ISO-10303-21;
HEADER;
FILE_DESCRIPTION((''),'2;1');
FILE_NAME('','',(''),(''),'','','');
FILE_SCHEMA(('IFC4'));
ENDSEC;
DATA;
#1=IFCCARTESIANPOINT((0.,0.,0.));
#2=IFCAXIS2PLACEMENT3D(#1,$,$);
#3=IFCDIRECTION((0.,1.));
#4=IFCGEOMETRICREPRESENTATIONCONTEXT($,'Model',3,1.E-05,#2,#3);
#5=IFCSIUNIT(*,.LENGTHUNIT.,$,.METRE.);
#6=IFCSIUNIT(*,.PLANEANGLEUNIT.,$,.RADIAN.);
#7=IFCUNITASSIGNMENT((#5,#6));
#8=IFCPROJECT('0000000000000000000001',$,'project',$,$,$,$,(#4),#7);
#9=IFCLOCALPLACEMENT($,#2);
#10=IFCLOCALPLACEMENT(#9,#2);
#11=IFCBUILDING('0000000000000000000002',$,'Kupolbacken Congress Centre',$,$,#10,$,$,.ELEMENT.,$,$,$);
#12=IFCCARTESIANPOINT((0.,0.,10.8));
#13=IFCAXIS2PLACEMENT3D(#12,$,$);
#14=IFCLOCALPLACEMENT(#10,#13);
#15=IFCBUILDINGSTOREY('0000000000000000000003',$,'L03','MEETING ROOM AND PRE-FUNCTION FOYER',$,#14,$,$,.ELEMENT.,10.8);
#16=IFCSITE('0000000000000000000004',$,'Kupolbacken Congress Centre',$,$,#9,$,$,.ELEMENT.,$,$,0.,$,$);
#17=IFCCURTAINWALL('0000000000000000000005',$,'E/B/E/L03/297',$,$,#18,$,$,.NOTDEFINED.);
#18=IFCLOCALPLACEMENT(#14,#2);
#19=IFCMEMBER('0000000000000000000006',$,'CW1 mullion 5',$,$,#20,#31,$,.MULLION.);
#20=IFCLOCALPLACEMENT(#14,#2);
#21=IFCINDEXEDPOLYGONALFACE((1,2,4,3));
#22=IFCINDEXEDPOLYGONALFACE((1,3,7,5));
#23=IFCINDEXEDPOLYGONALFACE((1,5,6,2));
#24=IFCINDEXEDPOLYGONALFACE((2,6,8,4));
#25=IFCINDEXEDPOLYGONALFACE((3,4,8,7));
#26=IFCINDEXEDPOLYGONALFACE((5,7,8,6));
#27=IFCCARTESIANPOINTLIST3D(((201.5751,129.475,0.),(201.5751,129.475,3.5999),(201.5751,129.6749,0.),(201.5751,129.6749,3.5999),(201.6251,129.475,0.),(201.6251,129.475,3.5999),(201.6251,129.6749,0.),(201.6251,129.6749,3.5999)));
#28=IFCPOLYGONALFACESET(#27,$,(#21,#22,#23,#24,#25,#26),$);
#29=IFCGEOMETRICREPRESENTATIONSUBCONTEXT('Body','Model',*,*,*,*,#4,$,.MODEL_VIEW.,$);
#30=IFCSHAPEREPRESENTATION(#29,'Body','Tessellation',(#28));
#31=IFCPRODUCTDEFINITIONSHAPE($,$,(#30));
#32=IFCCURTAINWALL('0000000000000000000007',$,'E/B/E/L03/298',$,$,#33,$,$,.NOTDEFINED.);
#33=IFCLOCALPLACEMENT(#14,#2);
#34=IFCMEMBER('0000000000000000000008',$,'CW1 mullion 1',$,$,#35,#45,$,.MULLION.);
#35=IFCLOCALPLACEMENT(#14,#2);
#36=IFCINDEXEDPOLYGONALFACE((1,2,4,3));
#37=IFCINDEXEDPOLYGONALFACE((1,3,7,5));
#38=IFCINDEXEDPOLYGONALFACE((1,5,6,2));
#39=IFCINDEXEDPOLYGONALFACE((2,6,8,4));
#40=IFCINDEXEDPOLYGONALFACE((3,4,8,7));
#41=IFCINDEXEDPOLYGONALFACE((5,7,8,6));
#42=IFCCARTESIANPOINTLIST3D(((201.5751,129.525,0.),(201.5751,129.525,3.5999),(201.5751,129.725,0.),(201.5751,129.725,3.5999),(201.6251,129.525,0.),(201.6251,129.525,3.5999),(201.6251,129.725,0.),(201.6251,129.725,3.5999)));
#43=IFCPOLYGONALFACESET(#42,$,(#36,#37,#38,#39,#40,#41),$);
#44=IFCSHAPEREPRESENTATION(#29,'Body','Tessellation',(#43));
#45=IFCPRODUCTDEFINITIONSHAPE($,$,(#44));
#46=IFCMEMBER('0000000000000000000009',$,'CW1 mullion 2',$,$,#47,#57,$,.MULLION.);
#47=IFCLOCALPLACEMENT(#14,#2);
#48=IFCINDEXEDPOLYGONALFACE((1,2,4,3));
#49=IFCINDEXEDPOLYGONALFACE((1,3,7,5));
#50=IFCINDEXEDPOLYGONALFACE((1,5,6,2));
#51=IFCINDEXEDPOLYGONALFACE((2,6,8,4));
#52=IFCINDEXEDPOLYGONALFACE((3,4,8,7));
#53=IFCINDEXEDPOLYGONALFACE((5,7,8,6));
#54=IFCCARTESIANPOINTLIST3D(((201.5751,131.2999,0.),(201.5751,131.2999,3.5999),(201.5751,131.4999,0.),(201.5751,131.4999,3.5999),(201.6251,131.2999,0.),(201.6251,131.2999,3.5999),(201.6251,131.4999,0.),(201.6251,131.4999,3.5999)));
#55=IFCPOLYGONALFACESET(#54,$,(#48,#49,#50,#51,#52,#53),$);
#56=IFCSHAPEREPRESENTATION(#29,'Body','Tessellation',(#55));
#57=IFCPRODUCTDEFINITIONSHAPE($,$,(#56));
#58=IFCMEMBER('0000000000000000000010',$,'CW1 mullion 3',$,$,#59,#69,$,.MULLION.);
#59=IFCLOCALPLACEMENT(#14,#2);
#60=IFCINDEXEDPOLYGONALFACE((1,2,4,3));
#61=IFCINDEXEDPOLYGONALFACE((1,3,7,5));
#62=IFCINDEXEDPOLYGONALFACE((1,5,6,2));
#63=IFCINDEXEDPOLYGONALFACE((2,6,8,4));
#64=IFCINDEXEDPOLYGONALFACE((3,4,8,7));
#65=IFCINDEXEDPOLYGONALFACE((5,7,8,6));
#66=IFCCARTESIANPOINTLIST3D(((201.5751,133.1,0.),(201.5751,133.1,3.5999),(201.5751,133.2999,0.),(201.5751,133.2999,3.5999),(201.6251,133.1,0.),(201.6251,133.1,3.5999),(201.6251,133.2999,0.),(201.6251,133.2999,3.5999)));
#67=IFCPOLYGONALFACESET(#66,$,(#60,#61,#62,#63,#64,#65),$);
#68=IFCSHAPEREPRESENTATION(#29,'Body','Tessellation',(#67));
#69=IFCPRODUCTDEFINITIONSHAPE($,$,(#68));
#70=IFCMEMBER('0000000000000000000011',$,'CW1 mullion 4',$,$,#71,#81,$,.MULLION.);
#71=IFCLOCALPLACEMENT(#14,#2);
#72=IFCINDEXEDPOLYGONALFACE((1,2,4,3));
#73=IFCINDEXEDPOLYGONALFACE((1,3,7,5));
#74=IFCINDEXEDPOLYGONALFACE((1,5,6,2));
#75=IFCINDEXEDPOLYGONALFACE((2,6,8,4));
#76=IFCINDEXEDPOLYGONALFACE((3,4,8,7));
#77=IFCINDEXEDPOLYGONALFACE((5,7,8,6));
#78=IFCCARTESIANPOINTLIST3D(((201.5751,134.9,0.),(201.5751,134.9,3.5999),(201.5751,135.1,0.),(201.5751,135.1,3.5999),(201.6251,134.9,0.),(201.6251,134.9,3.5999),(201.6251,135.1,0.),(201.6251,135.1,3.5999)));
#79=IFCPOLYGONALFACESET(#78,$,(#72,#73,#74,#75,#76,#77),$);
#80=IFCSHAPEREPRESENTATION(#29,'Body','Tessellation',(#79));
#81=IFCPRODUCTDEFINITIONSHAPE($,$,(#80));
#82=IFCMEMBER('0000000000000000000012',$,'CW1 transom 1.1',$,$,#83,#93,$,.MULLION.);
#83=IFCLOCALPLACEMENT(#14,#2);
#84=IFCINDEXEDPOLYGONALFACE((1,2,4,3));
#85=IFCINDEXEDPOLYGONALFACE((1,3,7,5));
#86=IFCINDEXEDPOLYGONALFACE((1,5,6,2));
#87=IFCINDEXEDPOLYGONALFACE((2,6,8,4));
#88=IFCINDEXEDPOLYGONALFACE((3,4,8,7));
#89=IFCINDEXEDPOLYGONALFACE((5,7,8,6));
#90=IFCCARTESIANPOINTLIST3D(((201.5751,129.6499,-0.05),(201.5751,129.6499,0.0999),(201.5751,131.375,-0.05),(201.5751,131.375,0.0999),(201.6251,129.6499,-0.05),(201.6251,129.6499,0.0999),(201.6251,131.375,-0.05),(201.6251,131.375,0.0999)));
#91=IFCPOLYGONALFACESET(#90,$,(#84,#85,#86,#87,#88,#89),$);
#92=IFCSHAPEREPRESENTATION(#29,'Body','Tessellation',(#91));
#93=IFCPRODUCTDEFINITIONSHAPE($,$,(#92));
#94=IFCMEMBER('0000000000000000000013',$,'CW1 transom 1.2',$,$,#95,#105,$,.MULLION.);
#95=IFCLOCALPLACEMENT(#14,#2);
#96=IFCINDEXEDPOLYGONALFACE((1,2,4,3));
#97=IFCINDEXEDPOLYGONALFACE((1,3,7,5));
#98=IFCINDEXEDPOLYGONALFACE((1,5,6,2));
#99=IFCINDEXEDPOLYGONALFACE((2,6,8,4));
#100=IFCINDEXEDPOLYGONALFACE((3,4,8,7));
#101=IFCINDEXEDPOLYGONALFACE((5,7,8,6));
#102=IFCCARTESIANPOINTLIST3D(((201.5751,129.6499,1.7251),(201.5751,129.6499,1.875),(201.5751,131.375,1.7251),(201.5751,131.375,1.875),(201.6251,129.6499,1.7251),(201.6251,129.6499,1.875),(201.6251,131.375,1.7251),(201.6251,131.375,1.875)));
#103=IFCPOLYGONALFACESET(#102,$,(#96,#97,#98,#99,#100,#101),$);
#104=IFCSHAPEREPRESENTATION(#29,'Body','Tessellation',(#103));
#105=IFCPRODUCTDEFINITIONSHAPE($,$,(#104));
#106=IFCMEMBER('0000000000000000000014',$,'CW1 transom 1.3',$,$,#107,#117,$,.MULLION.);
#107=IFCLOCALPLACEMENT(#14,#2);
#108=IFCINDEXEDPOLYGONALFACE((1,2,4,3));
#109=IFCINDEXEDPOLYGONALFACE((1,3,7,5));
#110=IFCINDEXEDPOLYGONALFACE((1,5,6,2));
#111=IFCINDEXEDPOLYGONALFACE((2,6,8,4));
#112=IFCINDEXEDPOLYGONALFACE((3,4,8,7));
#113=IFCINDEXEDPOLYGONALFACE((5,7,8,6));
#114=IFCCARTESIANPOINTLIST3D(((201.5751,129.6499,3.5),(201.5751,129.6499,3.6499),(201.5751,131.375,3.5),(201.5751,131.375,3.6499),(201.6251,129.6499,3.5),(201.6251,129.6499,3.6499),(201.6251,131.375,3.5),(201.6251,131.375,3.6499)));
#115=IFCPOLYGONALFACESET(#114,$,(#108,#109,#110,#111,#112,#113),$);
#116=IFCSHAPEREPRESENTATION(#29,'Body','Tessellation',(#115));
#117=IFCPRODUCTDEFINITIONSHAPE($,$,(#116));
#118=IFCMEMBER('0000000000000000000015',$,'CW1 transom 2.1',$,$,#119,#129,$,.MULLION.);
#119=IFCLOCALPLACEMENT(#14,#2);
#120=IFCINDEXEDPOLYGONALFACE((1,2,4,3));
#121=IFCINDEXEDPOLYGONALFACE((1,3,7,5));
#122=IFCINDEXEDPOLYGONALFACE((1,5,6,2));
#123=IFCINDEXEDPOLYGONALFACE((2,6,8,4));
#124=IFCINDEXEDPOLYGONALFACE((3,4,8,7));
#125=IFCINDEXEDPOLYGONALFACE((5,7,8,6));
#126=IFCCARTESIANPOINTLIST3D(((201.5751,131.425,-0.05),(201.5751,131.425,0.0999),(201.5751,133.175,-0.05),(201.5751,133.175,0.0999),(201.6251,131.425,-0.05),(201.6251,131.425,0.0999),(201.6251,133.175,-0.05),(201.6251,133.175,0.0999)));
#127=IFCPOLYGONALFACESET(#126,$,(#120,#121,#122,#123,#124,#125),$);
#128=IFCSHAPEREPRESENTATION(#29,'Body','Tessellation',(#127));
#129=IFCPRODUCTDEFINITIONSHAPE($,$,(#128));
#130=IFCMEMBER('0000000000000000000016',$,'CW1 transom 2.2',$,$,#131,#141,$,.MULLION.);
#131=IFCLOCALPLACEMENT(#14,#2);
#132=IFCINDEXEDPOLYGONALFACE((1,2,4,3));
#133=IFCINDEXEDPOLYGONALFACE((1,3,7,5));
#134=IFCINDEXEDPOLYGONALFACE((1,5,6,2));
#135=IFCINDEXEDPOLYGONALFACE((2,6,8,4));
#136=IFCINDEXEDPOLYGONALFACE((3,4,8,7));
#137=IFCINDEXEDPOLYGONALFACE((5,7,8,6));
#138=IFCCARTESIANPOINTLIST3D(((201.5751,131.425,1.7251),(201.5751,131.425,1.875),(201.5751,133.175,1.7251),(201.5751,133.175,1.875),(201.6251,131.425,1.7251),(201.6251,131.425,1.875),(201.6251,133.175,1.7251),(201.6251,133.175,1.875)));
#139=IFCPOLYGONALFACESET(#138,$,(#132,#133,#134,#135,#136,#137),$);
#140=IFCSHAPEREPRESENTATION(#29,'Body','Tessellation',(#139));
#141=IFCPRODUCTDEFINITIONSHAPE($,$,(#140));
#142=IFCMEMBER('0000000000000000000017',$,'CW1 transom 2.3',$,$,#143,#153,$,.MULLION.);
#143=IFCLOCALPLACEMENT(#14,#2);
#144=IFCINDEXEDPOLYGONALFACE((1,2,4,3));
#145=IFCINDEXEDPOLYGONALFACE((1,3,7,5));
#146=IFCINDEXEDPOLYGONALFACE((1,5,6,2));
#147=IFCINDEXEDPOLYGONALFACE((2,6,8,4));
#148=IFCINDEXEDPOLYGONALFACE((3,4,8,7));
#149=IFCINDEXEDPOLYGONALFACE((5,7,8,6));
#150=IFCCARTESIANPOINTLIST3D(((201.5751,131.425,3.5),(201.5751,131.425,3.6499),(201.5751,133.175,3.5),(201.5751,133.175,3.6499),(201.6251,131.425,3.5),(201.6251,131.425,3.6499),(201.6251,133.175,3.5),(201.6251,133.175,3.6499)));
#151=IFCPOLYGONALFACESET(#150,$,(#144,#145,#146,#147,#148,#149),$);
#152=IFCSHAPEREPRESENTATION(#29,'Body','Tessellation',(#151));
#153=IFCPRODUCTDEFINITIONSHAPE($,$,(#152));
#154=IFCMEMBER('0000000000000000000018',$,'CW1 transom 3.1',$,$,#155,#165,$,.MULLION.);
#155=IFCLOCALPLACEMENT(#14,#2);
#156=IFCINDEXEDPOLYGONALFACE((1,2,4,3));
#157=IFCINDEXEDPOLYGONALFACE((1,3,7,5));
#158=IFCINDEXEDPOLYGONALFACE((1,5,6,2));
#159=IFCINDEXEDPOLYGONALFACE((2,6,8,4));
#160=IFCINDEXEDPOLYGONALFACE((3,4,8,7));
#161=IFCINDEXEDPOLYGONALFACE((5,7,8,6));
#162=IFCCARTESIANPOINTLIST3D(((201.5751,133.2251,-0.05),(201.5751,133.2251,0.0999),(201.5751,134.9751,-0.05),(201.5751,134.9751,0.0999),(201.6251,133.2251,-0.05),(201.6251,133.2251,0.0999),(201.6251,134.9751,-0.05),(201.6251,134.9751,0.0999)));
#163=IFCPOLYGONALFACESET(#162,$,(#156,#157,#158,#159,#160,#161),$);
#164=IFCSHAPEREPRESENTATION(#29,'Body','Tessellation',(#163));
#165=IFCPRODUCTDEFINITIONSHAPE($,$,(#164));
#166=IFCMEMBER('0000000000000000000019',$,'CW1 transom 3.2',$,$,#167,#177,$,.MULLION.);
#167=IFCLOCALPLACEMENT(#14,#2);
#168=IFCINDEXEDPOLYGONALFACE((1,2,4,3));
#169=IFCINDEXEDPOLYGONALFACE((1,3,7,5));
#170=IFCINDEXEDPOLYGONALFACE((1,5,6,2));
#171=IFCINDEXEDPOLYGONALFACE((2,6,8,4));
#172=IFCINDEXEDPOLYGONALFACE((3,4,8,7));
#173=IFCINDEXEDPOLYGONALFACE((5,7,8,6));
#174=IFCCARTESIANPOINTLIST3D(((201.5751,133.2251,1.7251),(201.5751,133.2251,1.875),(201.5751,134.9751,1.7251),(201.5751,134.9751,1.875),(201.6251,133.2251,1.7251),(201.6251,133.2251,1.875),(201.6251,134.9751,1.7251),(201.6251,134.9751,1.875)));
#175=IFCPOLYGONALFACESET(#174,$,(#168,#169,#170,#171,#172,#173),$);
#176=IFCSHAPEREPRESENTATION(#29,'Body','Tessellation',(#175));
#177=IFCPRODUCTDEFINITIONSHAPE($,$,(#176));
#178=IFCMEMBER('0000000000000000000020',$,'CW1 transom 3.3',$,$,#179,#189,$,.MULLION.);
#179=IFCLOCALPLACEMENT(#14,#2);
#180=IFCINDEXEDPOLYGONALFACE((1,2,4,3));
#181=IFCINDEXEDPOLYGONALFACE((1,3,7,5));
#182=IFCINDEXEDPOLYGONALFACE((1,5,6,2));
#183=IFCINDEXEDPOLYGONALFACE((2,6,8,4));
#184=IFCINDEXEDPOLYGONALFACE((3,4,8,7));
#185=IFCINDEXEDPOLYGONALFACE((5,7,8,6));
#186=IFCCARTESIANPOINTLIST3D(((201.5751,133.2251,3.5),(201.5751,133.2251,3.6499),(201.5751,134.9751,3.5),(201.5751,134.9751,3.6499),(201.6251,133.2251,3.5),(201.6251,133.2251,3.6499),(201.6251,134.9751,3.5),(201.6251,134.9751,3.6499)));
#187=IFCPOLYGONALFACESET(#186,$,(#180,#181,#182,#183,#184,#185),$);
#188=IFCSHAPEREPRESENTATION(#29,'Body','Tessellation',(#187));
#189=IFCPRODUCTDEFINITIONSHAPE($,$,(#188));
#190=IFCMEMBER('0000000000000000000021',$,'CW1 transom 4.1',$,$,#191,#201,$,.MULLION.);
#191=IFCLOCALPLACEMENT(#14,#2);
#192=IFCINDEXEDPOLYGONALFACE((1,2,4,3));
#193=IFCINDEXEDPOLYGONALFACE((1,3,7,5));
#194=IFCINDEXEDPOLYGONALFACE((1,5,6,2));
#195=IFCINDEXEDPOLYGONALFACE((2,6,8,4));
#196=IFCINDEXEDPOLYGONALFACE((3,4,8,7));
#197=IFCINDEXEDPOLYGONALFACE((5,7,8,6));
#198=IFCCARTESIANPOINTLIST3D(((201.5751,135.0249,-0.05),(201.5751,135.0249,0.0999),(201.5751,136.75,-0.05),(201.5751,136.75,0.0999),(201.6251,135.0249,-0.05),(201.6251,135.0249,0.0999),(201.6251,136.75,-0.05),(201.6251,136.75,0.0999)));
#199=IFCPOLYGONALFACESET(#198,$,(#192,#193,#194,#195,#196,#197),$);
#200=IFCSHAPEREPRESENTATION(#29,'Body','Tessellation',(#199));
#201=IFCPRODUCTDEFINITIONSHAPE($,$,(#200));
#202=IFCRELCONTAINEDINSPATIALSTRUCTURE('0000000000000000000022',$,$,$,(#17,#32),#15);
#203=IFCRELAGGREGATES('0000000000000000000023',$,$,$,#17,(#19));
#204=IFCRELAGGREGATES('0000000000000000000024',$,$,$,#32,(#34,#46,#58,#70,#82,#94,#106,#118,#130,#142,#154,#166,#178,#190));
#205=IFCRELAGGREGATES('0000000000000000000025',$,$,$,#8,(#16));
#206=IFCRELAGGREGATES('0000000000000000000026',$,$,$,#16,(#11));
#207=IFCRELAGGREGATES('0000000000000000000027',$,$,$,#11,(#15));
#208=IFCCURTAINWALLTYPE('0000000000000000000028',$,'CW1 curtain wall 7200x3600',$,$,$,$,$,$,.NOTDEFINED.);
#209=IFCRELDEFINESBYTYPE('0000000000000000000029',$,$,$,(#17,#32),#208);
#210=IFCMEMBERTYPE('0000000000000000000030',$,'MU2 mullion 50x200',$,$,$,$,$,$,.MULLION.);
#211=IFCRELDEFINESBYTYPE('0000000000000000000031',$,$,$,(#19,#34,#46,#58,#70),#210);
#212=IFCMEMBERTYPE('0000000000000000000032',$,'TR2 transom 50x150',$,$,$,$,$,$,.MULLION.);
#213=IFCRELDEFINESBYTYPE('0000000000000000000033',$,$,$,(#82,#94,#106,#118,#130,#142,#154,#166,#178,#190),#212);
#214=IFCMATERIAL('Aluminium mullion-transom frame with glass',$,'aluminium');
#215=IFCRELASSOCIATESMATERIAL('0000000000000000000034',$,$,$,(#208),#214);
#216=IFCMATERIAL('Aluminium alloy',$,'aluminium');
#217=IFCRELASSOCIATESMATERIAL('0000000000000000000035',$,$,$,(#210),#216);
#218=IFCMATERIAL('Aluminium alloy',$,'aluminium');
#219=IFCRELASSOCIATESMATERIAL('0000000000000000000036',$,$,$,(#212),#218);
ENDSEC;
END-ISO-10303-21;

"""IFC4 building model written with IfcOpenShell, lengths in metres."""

from ifc_helpers import new_model, si_unit, direction, frame, origin, origin_2d, place, context, subcontext, project, spatial, rectangle, extrude, material, material_profile, profile_set, type_object, element, aggregate, save


model = new_model("IFC4")

# Units and contexts
model_context = context("Model", 3, precision=1e-05, world=origin(), true_north=direction((0.0, 1.0)))
body_context = subcontext(model_context, "Body", "Model", "MODEL_VIEW")
ifc_project = project(units=[si_unit("LENGTHUNIT", "METRE"), si_unit("PLANEANGLEUNIT", "RADIAN")], contexts=[model_context])

# Site, building, storey
site_placement = place(None, origin())
site = spatial("IfcSite", under=ifc_project, at=site_placement, Name="Kupolbacken Congress Centre", CompositionType="ELEMENT", RefElevation=0.0)
building_placement = place(site_placement, origin())
building = spatial("IfcBuilding", under=site, at=building_placement, Name="Kupolbacken Congress Centre", CompositionType="ELEMENT")
storey_placement = place(building_placement, frame((0.0, 0.0, 10.8)))
storey = spatial("IfcBuildingStorey", under=building, at=storey_placement, Name="L03", Description="MEETING ROOM AND PRE-FUNCTION FOYER", CompositionType="ELEMENT", Elevation=10.8)

# Curtain wall, member
ifc_material_1 = material(Name="Aluminium mullion-transom frame with glass", Category="aluminium")
curtain_wall_type = type_object("IfcCurtainWallType", Name="CW1 curtain wall 7200x3600", PredefinedType="NOTDEFINED", material=ifc_material_1)
curtain_wall_1_placement = place(storey_placement, origin())
curtain_wall_1 = element("IfcCurtainWall", 1, at=curtain_wall_1_placement, inside=storey, type_object=curtain_wall_type, Name="E/B/E/L03/297", PredefinedType="NOTDEFINED")
ifc_material_2 = material(Name="Aluminium alloy", Category="aluminium")
ifc_material_profile_1 = material_profile(ifc_material_2, rectangle(XDim=0.05, YDim=0.2, at=origin_2d()), Name="50 x 200")
ifc_profile_set_1 = profile_set([ifc_material_profile_1], Name="Aluminium alloy")
member_type_1 = type_object("IfcMemberType", Name="MU2 mullion 50x200", PredefinedType="MULLION", material=ifc_profile_set_1)
member_1_placement = place(storey_placement, frame((201.6001, 129.575, 0.0), z_axis=(0.0, 0.0, 1.0), x_axis=(-1.0, 0.0, 0.0)))
member_1 = element("IfcMember", 2, at=member_1_placement, type_object=member_type_1, Name="CW1 mullion 5", PredefinedType="MULLION", context=body_context, shape_type="SweptSolid", body=[
    extrude(rectangle(XDim=0.05, YDim=0.2, at=origin_2d()), origin(), (0.0, 0.0, 1.0), 3.5999),
])
aggregate(curtain_wall_1, [member_1])

# Curtain wall, members
curtain_wall_2_placement = place(storey_placement, origin())
curtain_wall_2 = element("IfcCurtainWall", 3, at=curtain_wall_2_placement, inside=storey, type_object=curtain_wall_type, Name="E/B/E/L03/298", PredefinedType="NOTDEFINED")
member_2_placement = place(storey_placement, frame((201.6001, 129.625, 0.0), z_axis=(0.0, 0.0, 1.0), x_axis=(-1.0, 0.0, 0.0)))
member_2 = element("IfcMember", 4, at=member_2_placement, type_object=member_type_1, Name="CW1 mullion 1", PredefinedType="MULLION", context=body_context, shape_type="SweptSolid", body=[
    extrude(rectangle(XDim=0.05, YDim=0.2, at=origin_2d()), origin(), (0.0, 0.0, 1.0), 3.5999),
])
member_3_placement = place(storey_placement, frame((201.6001, 131.3999, 0.0), z_axis=(0.0, 0.0, 1.0), x_axis=(-1.0, 0.0, 0.0)))
member_3 = element("IfcMember", 5, at=member_3_placement, type_object=member_type_1, Name="CW1 mullion 2", PredefinedType="MULLION", context=body_context, shape_type="SweptSolid", body=[
    extrude(rectangle(XDim=0.05, YDim=0.2, at=origin_2d()), origin(), (0.0, 0.0, 1.0), 3.5999),
])
member_4_placement = place(storey_placement, frame((201.6001, 133.2, 0.0), z_axis=(0.0, 0.0, 1.0), x_axis=(-1.0, 0.0, 0.0)))
member_4 = element("IfcMember", 6, at=member_4_placement, type_object=member_type_1, Name="CW1 mullion 3", PredefinedType="MULLION", context=body_context, shape_type="SweptSolid", body=[
    extrude(rectangle(XDim=0.05, YDim=0.2, at=origin_2d()), origin(), (0.0, 0.0, 1.0), 3.5999),
])
member_5_placement = place(storey_placement, frame((201.6001, 135.0, 0.0), z_axis=(0.0, 0.0, 1.0), x_axis=(-1.0, 0.0, 0.0)))
member_5 = element("IfcMember", 7, at=member_5_placement, type_object=member_type_1, Name="CW1 mullion 4", PredefinedType="MULLION", context=body_context, shape_type="SweptSolid", body=[
    extrude(rectangle(XDim=0.05, YDim=0.2, at=origin_2d()), origin(), (0.0, 0.0, 1.0), 3.5999),
])
ifc_material_3 = material(Name="Aluminium alloy", Category="aluminium")
ifc_material_profile_2 = material_profile(ifc_material_3, rectangle(XDim=0.05, YDim=0.1499, at=origin_2d()), Name="50 x 150")
ifc_profile_set_2 = profile_set([ifc_material_profile_2], Name="Aluminium alloy")
member_type_2 = type_object("IfcMemberType", Name="TR2 transom 50x150", PredefinedType="MULLION", material=ifc_profile_set_2)
member_6_placement = place(storey_placement, frame((201.6001, 129.6499, 0.0249), z_axis=(0.0, 1.0, 0.0), x_axis=(-1.0, 0.0, 0.0)))
member_6 = element("IfcMember", 8, at=member_6_placement, type_object=member_type_2, Name="CW1 transom 1.1", PredefinedType="MULLION", context=body_context, shape_type="SweptSolid", body=[
    extrude(rectangle(XDim=0.05, YDim=0.1499, at=origin_2d()), origin(), (0.0, 0.0, 1.0), 1.7251),
])
member_7_placement = place(storey_placement, frame((201.6001, 129.6499, 1.8), z_axis=(0.0, 1.0, 0.0), x_axis=(-1.0, 0.0, 0.0)))
member_7 = element("IfcMember", 9, at=member_7_placement, type_object=member_type_2, Name="CW1 transom 1.2", PredefinedType="MULLION", context=body_context, shape_type="SweptSolid", body=[
    extrude(rectangle(XDim=0.05, YDim=0.1499, at=origin_2d()), origin(), (0.0, 0.0, 1.0), 1.7251),
])
member_8_placement = place(storey_placement, frame((201.6001, 129.6499, 3.575), z_axis=(0.0, 1.0, 0.0), x_axis=(-1.0, 0.0, 0.0)))
member_8 = element("IfcMember", 10, at=member_8_placement, type_object=member_type_2, Name="CW1 transom 1.3", PredefinedType="MULLION", context=body_context, shape_type="SweptSolid", body=[
    extrude(rectangle(XDim=0.05, YDim=0.1499, at=origin_2d()), origin(), (0.0, 0.0, 1.0), 1.7251),
])
member_9_placement = place(storey_placement, frame((201.6001, 131.425, 0.0249), z_axis=(0.0, 1.0, 0.0), x_axis=(-1.0, 0.0, 0.0)))
member_9 = element("IfcMember", 11, at=member_9_placement, type_object=member_type_2, Name="CW1 transom 2.1", PredefinedType="MULLION", context=body_context, shape_type="SweptSolid", body=[
    extrude(rectangle(XDim=0.05, YDim=0.1499, at=origin_2d()), origin(), (0.0, 0.0, 1.0), 1.75),
])
member_10_placement = place(storey_placement, frame((201.6001, 131.425, 1.8), z_axis=(0.0, 1.0, 0.0), x_axis=(-1.0, 0.0, 0.0)))
member_10 = element("IfcMember", 12, at=member_10_placement, type_object=member_type_2, Name="CW1 transom 2.2", PredefinedType="MULLION", context=body_context, shape_type="SweptSolid", body=[
    extrude(rectangle(XDim=0.05, YDim=0.1499, at=origin_2d()), origin(), (0.0, 0.0, 1.0), 1.75),
])
member_11_placement = place(storey_placement, frame((201.6001, 131.425, 3.575), z_axis=(0.0, 1.0, 0.0), x_axis=(-1.0, 0.0, 0.0)))
member_11 = element("IfcMember", 13, at=member_11_placement, type_object=member_type_2, Name="CW1 transom 2.3", PredefinedType="MULLION", context=body_context, shape_type="SweptSolid", body=[
    extrude(rectangle(XDim=0.05, YDim=0.1499, at=origin_2d()), origin(), (0.0, 0.0, 1.0), 1.75),
])
member_12_placement = place(storey_placement, frame((201.6001, 133.2251, 0.0249), z_axis=(0.0, 1.0, 0.0), x_axis=(-1.0, 0.0, 0.0)))
member_12 = element("IfcMember", 14, at=member_12_placement, type_object=member_type_2, Name="CW1 transom 3.1", PredefinedType="MULLION", context=body_context, shape_type="SweptSolid", body=[
    extrude(rectangle(XDim=0.05, YDim=0.1499, at=origin_2d()), origin(), (0.0, 0.0, 1.0), 1.75),
])
member_13_placement = place(storey_placement, frame((201.6001, 133.2251, 1.8), z_axis=(0.0, 1.0, 0.0), x_axis=(-1.0, 0.0, 0.0)))
member_13 = element("IfcMember", 15, at=member_13_placement, type_object=member_type_2, Name="CW1 transom 3.2", PredefinedType="MULLION", context=body_context, shape_type="SweptSolid", body=[
    extrude(rectangle(XDim=0.05, YDim=0.1499, at=origin_2d()), origin(), (0.0, 0.0, 1.0), 1.75),
])
member_14_placement = place(storey_placement, frame((201.6001, 133.2251, 3.575), z_axis=(0.0, 1.0, 0.0), x_axis=(-1.0, 0.0, 0.0)))
member_14 = element("IfcMember", 16, at=member_14_placement, type_object=member_type_2, Name="CW1 transom 3.3", PredefinedType="MULLION", context=body_context, shape_type="SweptSolid", body=[
    extrude(rectangle(XDim=0.05, YDim=0.1499, at=origin_2d()), origin(), (0.0, 0.0, 1.0), 1.75),
])
member_15_placement = place(storey_placement, frame((201.6001, 135.0249, 0.0249), z_axis=(0.0, 1.0, 0.0), x_axis=(-1.0, 0.0, 0.0)))
member_15 = element("IfcMember", 17, at=member_15_placement, type_object=member_type_2, Name="CW1 transom 4.1", PredefinedType="MULLION", context=body_context, shape_type="SweptSolid", body=[
    extrude(rectangle(XDim=0.05, YDim=0.1499, at=origin_2d()), origin(), (0.0, 0.0, 1.0), 1.7251),
])
aggregate(curtain_wall_2, [member_2, member_3, member_4, member_5, member_6, member_7, member_8, member_9, member_10, member_11, member_12, member_13, member_14, member_15])

save(model, "model.ifc")
